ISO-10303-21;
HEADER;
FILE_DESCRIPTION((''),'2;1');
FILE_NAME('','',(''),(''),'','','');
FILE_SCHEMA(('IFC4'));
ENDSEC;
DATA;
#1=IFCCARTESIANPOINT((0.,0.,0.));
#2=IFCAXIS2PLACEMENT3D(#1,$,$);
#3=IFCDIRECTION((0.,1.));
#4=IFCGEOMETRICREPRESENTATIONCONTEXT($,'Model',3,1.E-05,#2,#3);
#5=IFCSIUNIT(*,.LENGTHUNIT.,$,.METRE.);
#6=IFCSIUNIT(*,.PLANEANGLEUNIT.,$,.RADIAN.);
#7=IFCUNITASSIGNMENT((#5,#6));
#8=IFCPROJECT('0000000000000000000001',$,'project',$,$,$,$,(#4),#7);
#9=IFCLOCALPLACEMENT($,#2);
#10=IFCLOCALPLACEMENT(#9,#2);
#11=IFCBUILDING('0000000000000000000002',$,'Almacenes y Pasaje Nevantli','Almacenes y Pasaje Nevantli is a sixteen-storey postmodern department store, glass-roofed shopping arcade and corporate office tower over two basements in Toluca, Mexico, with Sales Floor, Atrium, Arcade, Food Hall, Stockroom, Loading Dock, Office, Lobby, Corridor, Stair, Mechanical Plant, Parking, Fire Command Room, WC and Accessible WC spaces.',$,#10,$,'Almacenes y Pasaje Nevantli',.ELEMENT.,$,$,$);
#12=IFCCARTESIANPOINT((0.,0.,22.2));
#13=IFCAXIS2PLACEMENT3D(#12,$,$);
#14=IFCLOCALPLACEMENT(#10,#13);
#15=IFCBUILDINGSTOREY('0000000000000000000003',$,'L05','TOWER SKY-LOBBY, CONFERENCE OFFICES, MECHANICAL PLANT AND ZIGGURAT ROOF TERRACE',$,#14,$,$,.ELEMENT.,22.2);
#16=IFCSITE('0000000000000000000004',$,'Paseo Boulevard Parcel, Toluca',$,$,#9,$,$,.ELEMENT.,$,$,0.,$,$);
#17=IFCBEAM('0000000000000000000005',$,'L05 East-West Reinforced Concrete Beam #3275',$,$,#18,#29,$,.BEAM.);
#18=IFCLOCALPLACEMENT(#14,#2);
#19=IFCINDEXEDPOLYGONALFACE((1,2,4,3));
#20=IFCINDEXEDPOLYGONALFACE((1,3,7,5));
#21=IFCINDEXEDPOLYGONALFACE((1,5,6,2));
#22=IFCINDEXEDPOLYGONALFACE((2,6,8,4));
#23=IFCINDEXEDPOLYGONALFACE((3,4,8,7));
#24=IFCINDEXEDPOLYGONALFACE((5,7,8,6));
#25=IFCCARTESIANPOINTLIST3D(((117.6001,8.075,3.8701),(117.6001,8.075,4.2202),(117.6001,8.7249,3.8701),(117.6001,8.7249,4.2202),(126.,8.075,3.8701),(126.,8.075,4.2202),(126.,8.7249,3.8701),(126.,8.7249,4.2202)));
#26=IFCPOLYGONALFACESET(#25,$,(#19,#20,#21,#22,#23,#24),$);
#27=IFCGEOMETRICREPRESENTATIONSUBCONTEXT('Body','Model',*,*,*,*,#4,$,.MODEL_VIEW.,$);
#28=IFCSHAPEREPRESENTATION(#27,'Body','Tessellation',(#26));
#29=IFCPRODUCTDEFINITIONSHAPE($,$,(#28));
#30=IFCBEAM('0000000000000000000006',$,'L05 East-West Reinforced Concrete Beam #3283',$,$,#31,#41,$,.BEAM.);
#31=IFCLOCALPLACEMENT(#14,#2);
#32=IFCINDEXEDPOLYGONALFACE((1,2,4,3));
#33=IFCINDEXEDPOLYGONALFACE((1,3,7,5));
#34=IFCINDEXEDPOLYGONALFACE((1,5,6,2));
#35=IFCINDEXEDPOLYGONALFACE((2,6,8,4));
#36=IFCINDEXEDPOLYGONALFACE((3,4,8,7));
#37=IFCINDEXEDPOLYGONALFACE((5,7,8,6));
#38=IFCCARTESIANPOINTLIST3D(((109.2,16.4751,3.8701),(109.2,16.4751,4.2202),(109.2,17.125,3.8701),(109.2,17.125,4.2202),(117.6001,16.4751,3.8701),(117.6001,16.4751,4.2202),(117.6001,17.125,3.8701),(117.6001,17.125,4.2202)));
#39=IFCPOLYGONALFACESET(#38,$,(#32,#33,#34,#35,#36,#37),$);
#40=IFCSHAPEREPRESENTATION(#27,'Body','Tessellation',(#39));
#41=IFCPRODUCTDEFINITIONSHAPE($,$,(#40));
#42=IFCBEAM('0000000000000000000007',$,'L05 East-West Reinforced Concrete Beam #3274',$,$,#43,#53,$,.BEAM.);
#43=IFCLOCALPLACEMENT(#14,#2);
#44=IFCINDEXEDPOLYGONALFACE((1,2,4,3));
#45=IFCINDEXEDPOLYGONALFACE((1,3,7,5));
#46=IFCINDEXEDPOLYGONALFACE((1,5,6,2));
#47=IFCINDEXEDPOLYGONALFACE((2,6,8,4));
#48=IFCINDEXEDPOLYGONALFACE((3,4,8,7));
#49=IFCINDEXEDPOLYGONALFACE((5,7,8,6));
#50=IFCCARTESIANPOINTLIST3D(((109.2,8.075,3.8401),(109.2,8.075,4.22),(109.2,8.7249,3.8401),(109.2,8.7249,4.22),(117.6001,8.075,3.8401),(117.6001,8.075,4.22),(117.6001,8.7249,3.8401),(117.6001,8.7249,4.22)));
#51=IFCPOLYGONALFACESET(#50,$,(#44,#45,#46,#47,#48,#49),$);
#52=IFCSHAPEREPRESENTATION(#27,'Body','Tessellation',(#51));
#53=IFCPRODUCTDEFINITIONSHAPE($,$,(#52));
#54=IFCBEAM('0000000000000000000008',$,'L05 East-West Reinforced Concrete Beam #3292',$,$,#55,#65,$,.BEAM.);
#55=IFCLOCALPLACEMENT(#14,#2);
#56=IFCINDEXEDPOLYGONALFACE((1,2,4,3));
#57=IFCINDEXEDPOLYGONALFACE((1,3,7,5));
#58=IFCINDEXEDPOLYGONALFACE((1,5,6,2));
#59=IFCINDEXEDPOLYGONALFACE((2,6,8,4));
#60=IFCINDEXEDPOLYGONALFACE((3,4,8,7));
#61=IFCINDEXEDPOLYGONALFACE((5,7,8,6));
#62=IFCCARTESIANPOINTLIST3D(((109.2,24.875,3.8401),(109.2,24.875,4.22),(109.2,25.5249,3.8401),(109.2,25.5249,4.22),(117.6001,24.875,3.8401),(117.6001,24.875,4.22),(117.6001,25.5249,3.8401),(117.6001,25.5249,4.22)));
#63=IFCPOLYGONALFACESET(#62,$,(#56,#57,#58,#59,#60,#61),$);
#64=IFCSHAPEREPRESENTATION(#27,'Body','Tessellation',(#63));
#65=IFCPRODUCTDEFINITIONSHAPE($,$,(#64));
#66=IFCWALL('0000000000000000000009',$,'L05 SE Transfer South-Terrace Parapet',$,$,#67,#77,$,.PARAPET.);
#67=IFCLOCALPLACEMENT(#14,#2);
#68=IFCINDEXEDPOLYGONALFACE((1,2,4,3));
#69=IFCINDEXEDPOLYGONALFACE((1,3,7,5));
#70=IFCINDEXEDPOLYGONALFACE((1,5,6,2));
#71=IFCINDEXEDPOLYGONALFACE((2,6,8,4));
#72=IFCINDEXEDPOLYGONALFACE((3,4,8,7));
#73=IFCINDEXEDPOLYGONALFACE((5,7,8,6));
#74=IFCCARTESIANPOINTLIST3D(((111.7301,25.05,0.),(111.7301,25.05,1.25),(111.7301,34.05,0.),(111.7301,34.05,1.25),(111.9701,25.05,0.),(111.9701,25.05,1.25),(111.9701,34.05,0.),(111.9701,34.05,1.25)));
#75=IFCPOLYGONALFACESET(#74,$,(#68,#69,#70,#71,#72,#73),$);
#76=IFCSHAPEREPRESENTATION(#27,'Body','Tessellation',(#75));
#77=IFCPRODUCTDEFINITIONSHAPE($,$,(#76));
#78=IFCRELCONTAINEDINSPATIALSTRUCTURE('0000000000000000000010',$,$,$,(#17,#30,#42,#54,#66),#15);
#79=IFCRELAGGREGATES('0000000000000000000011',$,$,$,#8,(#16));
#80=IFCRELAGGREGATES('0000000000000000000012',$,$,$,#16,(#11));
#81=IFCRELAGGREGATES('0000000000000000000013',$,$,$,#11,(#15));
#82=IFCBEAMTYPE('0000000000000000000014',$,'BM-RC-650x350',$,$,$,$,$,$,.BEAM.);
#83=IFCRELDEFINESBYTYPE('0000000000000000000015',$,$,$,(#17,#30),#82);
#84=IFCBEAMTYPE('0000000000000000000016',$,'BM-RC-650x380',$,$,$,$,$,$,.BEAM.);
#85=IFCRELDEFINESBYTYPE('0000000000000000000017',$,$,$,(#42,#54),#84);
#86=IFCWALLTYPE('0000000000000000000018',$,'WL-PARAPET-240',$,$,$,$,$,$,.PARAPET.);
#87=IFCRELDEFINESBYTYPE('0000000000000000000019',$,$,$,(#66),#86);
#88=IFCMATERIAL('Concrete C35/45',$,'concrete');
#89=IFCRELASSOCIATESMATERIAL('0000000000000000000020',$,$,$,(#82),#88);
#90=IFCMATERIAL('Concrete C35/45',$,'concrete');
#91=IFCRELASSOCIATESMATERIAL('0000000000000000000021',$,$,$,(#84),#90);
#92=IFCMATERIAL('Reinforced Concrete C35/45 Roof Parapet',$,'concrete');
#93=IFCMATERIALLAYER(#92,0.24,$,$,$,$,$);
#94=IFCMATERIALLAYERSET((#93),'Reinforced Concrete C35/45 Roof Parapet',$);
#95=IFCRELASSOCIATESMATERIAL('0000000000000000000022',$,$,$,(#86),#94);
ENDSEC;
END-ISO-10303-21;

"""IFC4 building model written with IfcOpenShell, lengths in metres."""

from ifc_helpers import new_model, si_unit, direction, frame, frame_2d, origin, origin_2d, place, context, subcontext, project, spatial, rectangle, extrude, material, layer, layer_set, material_profile, profile_set, type_object, element, save


model = new_model("IFC4")

# Units and contexts
model_context = context("Model", 3, precision=1e-05, world=origin(), true_north=direction((0.0, 1.0)))
body_context = subcontext(model_context, "Body", "Model", "MODEL_VIEW")
ifc_project = project(units=[si_unit("LENGTHUNIT", "METRE"), si_unit("PLANEANGLEUNIT", "RADIAN")], contexts=[model_context])

# Site, building, storey
site_placement = place(None, origin())
site = spatial("IfcSite", under=ifc_project, at=site_placement, Name="Paseo Boulevard Parcel, Toluca", CompositionType="ELEMENT", RefElevation=0.0)
building_placement = place(site_placement, origin())
building = spatial("IfcBuilding", under=site, at=building_placement, Name="Almacenes y Pasaje Nevantli", Description="Almacenes y Pasaje Nevantli is a sixteen-storey postmodern department store, glass-roofed shopping arcade and corporate office tower over two basements in Toluca, Mexico, with Sales Floor, Atrium, Arcade, Food Hall, Stockroom, Loading Dock, Office, Lobby, Corridor, Stair, Mechanical Plant, Parking, Fire Command Room, WC and Accessible WC spaces.", LongName="Almacenes y Pasaje Nevantli", CompositionType="ELEMENT")
storey_placement = place(building_placement, frame((0.0, 0.0, 22.2)))
storey = spatial("IfcBuildingStorey", under=building, at=storey_placement, Name="L05", Description="TOWER SKY-LOBBY, CONFERENCE OFFICES, MECHANICAL PLANT AND ZIGGURAT ROOF TERRACE", CompositionType="ELEMENT", Elevation=22.2)

# Beams
ifc_material_1 = material(Name="Concrete C35/45", Category="concrete")
ifc_material_profile_1 = material_profile(ifc_material_1, rectangle(XDim=0.6499, YDim=0.3501, at=origin_2d()), Name="RC-BM-650x350")
ifc_profile_set_1 = profile_set([ifc_material_profile_1], Name="Concrete C35/45")
beam_type_1 = type_object("IfcBeamType", Name="BM-RC-650x350", PredefinedType="BEAM", material=ifc_profile_set_1)
beam_1_placement = place(storey_placement, frame((117.6001, 8.3999, 4.0452), z_axis=(1.0, 0.0, 0.0), x_axis=(0.0, 1.0, 0.0)))
element("IfcBeam", 1, at=beam_1_placement, inside=storey, type_object=beam_type_1, Name="L05 East-West Reinforced Concrete Beam #3275", PredefinedType="BEAM", context=body_context, shape_type="SweptSolid", body=[
    extrude(rectangle(XDim=0.6499, YDim=0.3501, at=origin_2d()), origin(), (0.0, 0.0, 1.0), 8.3999),
])
beam_2_placement = place(storey_placement, frame((109.2, 16.8, 4.0452), z_axis=(1.0, 0.0, 0.0), x_axis=(0.0, 1.0, 0.0)))
element("IfcBeam", 2, at=beam_2_placement, inside=storey, type_object=beam_type_1, Name="L05 East-West Reinforced Concrete Beam #3283", PredefinedType="BEAM", context=body_context, shape_type="SweptSolid", body=[
    extrude(rectangle(XDim=0.6499, YDim=0.3501, at=origin_2d()), origin(), (0.0, 0.0, 1.0), 8.4001),
])
ifc_material_2 = material(Name="Concrete C35/45", Category="concrete")
ifc_material_profile_2 = material_profile(ifc_material_2, rectangle(XDim=0.6499, YDim=0.3799, at=origin_2d()), Name="RC-BM-650x380")
ifc_profile_set_2 = profile_set([ifc_material_profile_2], Name="Concrete C35/45")
beam_type_2 = type_object("IfcBeamType", Name="BM-RC-650x380", PredefinedType="BEAM", material=ifc_profile_set_2)
for number, where, z_axis, x_axis, name in (
    (3, (109.2, 8.3999, 4.03), (1.0, 0.0, 0.0), (0.0, 1.0, 0.0), "L05 East-West Reinforced Concrete Beam #3274"),
    (4, (109.2, 25.2, 4.03), (1.0, 0.0, 0.0), (0.0, 1.0, 0.0), "L05 East-West Reinforced Concrete Beam #3292"),
):
    element("IfcBeam", number, at=place(storey_placement, frame(where, z_axis=z_axis, x_axis=x_axis)), inside=storey, type_object=beam_type_2, Name=name, PredefinedType="BEAM", context=body_context, shape_type="SweptSolid", body=[
        extrude(rectangle(XDim=0.6499, YDim=0.3799, at=origin_2d()), origin(), (0.0, 0.0, 1.0), 8.4001),
    ])

# Wall
ifc_material_3 = material(Name="Reinforced Concrete C35/45 Roof Parapet", Category="concrete")
ifc_layer = layer(ifc_material_3, 0.24)
ifc_layer_set = layer_set([ifc_layer], Name="Reinforced Concrete C35/45 Roof Parapet")
wall_type = type_object("IfcWallType", Name="WL-PARAPET-240", PredefinedType="PARAPET", material=ifc_layer_set)
wall_placement = place(storey_placement, frame((111.8501, 25.05, 0.0), z_axis=(0.0, 0.0, 1.0), x_axis=(0.0, 1.0, 0.0)))
element("IfcWall", 5, at=wall_placement, inside=storey, type_object=wall_type, Name="L05 SE Transfer South-Terrace Parapet", PredefinedType="PARAPET", context=body_context, shape_type="SweptSolid", body=[
    extrude(rectangle(XDim=9.0, YDim=0.24, at=frame_2d((4.5, 0.0))), origin(), (0.0, 0.0, 1.0), 1.25),
])

save(model, "model.ifc")
